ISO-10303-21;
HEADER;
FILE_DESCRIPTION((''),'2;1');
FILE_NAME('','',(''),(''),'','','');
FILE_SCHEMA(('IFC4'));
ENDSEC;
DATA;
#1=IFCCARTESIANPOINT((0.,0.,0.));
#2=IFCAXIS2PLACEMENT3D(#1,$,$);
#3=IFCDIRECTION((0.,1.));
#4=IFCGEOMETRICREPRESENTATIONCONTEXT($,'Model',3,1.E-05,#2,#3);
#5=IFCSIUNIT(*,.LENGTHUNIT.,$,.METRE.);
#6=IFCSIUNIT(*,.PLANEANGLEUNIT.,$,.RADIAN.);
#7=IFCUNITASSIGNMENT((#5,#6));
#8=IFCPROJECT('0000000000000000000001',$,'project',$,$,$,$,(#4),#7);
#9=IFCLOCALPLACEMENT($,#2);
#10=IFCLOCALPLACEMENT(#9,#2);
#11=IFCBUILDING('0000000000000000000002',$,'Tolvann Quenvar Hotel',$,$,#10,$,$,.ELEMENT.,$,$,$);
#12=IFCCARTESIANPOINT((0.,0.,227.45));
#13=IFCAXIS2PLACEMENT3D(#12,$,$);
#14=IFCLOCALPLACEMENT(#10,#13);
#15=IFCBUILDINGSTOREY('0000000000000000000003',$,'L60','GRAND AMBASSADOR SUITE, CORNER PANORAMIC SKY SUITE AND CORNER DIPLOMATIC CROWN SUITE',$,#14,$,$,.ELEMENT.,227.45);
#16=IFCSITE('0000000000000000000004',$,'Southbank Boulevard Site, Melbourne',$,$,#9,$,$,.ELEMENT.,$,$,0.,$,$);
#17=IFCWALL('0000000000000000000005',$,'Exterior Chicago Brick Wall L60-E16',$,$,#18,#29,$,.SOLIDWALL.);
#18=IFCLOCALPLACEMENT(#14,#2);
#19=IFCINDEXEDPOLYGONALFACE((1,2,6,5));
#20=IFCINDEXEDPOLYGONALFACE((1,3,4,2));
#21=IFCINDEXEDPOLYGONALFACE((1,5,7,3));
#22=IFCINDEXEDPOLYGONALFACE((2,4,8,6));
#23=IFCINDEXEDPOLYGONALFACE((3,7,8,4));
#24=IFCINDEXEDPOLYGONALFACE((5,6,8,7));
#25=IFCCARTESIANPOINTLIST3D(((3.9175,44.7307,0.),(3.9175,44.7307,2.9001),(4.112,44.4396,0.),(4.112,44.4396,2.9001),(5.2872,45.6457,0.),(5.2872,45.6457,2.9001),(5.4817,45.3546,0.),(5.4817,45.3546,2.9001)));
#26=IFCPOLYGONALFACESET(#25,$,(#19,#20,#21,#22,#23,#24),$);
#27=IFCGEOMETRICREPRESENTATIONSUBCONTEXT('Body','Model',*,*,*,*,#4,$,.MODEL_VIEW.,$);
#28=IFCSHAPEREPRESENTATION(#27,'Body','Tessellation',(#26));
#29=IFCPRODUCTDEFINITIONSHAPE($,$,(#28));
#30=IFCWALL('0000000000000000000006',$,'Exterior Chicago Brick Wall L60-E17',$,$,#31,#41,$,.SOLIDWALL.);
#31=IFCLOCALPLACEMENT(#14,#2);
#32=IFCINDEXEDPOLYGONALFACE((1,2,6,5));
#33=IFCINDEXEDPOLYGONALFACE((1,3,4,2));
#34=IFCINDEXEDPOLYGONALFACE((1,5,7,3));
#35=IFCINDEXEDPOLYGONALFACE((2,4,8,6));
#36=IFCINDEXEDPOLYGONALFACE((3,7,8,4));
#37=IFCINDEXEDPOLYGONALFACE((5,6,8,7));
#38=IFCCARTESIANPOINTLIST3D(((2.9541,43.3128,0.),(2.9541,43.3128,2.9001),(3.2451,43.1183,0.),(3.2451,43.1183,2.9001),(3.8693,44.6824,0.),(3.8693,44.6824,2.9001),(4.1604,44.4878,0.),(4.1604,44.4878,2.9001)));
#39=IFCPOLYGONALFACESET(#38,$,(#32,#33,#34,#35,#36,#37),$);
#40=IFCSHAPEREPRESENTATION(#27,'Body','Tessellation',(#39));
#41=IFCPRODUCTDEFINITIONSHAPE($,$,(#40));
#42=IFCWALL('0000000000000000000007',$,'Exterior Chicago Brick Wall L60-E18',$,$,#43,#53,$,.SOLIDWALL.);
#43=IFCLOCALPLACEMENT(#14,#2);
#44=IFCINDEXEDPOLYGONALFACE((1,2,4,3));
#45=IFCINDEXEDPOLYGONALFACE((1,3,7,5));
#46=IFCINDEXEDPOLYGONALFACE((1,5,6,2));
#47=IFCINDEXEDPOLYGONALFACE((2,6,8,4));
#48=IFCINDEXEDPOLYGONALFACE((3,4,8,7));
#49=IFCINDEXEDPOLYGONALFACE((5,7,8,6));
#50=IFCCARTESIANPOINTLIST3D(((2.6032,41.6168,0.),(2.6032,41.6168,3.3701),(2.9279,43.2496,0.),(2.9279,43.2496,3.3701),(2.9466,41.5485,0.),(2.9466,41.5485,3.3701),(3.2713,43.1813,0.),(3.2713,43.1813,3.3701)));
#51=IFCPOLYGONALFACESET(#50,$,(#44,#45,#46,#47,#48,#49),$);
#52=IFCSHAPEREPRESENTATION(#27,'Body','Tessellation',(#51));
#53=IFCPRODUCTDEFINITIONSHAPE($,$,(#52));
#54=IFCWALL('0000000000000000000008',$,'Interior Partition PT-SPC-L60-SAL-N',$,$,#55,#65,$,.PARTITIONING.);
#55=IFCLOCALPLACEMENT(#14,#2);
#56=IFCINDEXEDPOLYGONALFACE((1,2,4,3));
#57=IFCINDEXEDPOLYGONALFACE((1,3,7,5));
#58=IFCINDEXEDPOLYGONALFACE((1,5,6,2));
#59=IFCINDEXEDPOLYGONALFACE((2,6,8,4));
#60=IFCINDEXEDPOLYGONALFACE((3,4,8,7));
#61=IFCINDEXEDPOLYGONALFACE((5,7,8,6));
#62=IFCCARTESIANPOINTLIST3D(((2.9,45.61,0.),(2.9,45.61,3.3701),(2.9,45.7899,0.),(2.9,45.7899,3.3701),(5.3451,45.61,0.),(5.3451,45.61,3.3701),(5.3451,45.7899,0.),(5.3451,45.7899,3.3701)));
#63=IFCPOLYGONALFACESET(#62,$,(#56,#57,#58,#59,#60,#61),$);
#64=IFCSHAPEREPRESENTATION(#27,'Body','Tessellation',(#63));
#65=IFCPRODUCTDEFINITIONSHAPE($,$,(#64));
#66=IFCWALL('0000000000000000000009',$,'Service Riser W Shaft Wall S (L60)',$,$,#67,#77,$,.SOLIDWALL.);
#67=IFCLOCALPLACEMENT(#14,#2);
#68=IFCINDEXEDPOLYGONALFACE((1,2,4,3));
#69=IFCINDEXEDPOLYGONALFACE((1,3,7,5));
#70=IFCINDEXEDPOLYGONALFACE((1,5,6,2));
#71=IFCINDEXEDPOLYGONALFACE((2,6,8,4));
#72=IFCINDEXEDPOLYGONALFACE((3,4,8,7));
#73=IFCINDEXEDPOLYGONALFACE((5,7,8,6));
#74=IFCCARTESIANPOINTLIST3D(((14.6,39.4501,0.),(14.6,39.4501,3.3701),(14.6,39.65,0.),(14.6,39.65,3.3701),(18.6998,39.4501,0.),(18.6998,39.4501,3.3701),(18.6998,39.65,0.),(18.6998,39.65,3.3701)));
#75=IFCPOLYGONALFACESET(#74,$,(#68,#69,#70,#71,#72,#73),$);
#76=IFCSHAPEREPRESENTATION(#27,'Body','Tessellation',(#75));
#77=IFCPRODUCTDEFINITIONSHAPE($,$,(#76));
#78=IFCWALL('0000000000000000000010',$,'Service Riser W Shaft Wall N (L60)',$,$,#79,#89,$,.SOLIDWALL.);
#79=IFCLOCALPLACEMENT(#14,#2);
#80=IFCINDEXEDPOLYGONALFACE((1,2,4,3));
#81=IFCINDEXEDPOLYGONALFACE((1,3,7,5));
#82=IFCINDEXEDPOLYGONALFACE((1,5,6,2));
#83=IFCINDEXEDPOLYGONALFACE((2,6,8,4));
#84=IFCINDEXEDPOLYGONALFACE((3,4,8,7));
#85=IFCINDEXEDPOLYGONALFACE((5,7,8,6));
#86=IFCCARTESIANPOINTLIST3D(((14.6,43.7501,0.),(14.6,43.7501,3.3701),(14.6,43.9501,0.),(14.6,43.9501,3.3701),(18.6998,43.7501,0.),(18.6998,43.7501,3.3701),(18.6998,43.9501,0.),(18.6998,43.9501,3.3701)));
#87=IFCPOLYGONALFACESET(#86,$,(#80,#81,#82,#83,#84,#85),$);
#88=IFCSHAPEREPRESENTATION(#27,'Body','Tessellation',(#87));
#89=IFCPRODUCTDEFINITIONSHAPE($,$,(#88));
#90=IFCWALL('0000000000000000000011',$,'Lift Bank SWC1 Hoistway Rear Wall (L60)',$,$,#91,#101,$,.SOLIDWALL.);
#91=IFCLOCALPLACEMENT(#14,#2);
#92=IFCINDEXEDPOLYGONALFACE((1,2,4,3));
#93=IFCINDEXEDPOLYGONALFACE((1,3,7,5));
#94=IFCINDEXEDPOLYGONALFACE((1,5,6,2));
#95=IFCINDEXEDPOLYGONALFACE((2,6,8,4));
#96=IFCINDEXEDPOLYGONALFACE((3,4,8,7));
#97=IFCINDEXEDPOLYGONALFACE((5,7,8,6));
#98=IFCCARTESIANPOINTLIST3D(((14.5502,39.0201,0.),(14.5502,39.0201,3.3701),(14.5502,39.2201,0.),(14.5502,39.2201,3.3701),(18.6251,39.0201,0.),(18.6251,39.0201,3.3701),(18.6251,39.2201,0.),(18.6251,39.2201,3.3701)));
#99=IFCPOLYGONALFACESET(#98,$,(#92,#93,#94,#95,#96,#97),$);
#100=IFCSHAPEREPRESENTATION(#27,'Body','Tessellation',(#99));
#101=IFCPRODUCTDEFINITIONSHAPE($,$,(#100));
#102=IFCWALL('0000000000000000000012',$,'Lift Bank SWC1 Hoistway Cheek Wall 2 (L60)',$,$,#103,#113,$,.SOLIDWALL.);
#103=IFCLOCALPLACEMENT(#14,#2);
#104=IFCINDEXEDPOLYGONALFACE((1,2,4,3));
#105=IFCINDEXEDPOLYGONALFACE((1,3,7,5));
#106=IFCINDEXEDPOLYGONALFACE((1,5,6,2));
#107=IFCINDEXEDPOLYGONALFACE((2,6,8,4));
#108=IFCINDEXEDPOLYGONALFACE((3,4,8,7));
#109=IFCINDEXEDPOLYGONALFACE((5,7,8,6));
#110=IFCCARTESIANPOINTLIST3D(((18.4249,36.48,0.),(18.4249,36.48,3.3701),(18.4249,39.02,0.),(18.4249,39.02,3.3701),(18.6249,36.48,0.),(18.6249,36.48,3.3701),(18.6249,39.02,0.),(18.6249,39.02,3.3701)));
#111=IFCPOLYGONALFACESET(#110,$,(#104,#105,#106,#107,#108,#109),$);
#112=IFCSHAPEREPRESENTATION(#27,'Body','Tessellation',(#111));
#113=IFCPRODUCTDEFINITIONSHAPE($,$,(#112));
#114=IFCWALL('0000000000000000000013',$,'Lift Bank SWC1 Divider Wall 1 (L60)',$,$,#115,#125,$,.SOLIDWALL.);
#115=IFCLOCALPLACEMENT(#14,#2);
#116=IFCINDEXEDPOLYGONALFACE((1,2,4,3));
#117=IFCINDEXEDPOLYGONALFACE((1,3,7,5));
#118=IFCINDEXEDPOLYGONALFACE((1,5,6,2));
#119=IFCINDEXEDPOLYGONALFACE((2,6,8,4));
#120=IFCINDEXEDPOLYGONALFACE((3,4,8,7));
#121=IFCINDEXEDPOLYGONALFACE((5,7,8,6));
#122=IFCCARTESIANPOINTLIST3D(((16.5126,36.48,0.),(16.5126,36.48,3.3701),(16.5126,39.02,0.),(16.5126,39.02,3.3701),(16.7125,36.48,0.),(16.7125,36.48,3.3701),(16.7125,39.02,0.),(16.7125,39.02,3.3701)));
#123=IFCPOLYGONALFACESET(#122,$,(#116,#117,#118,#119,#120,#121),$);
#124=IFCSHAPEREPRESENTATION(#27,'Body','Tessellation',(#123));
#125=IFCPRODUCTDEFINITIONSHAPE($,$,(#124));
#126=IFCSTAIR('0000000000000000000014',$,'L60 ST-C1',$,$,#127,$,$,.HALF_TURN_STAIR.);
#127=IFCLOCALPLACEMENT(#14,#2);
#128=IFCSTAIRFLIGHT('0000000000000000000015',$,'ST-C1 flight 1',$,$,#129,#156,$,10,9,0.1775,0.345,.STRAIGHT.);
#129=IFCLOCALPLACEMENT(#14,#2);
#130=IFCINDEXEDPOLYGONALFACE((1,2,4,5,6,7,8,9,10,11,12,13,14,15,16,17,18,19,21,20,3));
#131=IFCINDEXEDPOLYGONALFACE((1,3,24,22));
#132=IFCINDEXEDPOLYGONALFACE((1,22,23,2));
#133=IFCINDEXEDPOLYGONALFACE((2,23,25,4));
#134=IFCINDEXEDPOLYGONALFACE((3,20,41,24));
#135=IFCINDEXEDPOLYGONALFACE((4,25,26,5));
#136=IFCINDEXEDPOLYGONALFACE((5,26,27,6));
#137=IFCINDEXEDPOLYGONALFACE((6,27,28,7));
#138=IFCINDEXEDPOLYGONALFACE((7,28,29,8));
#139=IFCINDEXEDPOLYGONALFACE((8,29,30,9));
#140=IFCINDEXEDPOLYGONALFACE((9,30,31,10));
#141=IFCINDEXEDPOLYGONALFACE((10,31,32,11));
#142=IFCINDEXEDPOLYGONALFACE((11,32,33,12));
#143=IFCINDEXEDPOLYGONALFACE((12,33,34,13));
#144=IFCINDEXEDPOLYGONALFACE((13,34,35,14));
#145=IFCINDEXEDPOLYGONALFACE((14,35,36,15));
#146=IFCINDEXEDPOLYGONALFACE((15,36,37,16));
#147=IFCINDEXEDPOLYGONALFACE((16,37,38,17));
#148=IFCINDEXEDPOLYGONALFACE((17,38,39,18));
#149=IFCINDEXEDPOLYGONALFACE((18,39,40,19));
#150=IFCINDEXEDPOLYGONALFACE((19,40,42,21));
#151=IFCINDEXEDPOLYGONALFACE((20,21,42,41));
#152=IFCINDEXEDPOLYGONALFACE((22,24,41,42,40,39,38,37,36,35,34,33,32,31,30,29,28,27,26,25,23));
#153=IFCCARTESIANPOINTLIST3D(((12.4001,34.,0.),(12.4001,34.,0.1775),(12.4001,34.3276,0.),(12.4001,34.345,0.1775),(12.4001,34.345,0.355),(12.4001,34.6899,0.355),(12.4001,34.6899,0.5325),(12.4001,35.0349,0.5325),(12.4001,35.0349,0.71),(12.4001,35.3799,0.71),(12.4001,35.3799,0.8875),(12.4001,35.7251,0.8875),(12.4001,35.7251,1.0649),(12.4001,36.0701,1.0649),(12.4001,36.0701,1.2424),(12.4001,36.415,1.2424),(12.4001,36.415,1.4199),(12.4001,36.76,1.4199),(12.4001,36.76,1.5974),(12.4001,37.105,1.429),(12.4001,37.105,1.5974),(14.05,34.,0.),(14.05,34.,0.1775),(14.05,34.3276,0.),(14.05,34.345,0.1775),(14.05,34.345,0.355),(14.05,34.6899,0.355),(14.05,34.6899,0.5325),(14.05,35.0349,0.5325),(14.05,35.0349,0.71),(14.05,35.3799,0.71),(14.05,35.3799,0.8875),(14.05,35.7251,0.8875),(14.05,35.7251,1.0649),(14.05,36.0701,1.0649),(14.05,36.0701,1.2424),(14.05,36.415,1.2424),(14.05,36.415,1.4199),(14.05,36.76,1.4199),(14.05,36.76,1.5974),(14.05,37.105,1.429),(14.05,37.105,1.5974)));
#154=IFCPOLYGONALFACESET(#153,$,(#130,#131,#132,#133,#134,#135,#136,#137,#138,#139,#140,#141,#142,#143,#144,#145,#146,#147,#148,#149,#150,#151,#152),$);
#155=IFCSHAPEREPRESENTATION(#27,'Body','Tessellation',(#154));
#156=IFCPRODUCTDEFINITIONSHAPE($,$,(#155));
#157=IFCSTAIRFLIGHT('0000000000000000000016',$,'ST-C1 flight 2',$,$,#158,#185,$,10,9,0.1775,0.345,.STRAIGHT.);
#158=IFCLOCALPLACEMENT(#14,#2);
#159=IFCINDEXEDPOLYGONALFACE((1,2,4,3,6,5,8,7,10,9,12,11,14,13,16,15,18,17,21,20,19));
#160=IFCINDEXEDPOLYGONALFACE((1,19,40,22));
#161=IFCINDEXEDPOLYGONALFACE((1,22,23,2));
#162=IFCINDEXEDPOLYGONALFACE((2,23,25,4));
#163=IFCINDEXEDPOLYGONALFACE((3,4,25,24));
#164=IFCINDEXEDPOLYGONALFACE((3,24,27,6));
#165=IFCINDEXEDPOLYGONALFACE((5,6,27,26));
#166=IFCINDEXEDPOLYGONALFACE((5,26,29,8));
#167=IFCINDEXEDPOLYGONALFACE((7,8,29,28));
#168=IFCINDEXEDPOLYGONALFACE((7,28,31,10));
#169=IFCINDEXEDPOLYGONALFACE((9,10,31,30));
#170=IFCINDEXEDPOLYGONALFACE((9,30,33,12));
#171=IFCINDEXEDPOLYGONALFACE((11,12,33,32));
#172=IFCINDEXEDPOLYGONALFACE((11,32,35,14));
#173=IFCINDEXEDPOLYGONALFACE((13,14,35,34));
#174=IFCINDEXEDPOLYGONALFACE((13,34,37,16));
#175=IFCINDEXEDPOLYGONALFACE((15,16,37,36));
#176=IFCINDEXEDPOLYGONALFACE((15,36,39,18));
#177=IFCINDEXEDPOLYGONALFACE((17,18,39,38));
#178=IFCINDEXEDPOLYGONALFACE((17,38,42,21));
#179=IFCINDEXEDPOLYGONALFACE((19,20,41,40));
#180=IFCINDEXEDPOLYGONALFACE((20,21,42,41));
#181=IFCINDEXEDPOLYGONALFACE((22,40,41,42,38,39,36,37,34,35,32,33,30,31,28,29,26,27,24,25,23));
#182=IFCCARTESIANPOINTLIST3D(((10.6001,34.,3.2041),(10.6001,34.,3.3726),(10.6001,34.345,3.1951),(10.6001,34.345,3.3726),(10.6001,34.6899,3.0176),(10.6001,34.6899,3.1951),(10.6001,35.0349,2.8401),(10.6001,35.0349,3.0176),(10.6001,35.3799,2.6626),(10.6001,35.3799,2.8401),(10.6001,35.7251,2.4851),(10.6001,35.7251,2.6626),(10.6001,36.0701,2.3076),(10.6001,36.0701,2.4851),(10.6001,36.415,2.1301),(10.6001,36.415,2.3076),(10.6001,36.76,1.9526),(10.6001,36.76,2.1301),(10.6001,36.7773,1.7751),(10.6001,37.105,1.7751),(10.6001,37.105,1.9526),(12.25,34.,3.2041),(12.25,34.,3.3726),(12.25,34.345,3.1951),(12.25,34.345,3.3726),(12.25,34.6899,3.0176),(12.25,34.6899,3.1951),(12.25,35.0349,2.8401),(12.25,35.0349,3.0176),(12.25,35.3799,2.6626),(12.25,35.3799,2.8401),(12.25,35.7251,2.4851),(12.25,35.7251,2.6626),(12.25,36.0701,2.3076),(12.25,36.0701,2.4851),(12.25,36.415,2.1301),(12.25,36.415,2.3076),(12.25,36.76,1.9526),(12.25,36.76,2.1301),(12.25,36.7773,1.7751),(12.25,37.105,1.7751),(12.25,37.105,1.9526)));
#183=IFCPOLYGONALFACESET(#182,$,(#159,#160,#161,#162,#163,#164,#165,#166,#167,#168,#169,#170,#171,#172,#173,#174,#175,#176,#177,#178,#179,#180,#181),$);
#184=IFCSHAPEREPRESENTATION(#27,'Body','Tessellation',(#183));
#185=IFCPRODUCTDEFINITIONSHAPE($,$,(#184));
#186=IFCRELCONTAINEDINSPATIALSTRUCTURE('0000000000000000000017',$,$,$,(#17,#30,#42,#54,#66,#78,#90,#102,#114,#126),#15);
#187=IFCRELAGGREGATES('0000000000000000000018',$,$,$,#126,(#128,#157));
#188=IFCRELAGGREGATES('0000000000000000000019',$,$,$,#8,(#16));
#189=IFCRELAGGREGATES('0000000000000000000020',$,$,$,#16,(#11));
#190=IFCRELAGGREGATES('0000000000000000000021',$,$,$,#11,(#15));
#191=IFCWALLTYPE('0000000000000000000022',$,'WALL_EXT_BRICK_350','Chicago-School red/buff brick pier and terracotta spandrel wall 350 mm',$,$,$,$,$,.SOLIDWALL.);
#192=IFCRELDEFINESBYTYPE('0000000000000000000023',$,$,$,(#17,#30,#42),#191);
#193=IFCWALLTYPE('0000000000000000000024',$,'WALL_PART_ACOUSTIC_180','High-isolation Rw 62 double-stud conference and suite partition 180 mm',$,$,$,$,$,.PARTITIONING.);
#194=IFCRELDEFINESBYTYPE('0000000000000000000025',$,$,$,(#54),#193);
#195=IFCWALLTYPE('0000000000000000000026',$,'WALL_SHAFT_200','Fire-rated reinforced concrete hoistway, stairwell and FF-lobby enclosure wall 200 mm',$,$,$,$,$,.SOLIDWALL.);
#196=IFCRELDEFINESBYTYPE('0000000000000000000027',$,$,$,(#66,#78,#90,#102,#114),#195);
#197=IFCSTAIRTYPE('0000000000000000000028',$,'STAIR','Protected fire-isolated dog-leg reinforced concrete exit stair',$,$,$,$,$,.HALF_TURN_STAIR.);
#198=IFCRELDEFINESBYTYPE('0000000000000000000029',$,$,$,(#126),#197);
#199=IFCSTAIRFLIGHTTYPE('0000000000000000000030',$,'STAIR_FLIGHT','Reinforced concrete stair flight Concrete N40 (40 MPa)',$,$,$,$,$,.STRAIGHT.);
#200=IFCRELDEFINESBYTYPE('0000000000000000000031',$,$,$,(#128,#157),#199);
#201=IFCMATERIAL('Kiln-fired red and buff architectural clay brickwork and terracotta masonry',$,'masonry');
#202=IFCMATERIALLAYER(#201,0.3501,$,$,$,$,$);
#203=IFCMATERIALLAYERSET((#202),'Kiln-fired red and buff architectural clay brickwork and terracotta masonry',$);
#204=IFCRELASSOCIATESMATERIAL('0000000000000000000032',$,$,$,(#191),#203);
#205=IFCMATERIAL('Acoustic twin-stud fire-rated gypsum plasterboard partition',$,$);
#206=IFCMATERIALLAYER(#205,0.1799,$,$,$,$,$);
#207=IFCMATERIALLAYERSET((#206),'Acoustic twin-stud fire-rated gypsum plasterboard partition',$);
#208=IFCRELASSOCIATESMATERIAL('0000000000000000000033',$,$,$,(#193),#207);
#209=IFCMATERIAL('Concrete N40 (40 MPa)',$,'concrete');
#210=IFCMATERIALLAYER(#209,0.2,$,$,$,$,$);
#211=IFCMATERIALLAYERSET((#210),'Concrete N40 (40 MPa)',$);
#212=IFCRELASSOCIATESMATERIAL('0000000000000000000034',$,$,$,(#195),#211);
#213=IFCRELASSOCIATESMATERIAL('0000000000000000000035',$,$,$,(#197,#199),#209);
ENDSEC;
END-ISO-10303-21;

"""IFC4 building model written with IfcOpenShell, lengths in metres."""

from ifc_helpers import new_model, si_unit, direction, frame, frame_2d, origin, place, context, subcontext, project, spatial, polyline, rectangle, outline, extrude, material, layer, layer_set, type_object, element, aggregate, save


model = new_model("IFC4")

# Units and contexts
model_context = context("Model", 3, precision=1e-05, world=origin(), true_north=direction((0.0, 1.0)))
body_context = subcontext(model_context, "Body", "Model", "MODEL_VIEW")
ifc_project = project(units=[si_unit("LENGTHUNIT", "METRE"), si_unit("PLANEANGLEUNIT", "RADIAN")], contexts=[model_context])

# Site, building, storey
site_placement = place(None, origin())
site = spatial("IfcSite", under=ifc_project, at=site_placement, Name="Southbank Boulevard Site, Melbourne", CompositionType="ELEMENT", RefElevation=0.0)
building_placement = place(site_placement, origin())
building = spatial("IfcBuilding", under=site, at=building_placement, Name="Tolvann Quenvar Hotel", CompositionType="ELEMENT")
storey_placement = place(building_placement, frame((0.0, 0.0, 227.45)))
storey = spatial("IfcBuildingStorey", under=building, at=storey_placement, Name="L60", Description="GRAND AMBASSADOR SUITE, CORNER PANORAMIC SKY SUITE AND CORNER DIPLOMATIC CROWN SUITE", CompositionType="ELEMENT", Elevation=227.45)

# Walls
ifc_material_1 = material(Name="Kiln-fired red and buff architectural clay brickwork and terracotta masonry", Category="masonry")
ifc_layer_1 = layer(ifc_material_1, 0.3501)
ifc_layer_set_1 = layer_set([ifc_layer_1], Name="Kiln-fired red and buff architectural clay brickwork and terracotta masonry")
wall_type_1 = type_object("IfcWallType", Name="WALL_EXT_BRICK_350", Description="Chicago-School red/buff brick pier and terracotta spandrel wall 350 mm", PredefinedType="SOLIDWALL", material=ifc_layer_set_1)
for number, where, z_axis, x_axis, name in (
    (1, (5.3845, 45.5002, 0.0), (0.0, 0.0, 1.0), (-0.831503, -0.555521, 0.0), "Exterior Chicago Brick Wall L60-E16"),
    (2, (4.0149, 44.5852, 0.0), (0.0, 0.0, 1.0), (-0.555623, -0.831434, 0.0), "Exterior Chicago Brick Wall L60-E17"),
):
    element("IfcWall", number, at=place(storey_placement, frame(where, z_axis=z_axis, x_axis=x_axis)), inside=storey, type_object=wall_type_1, Name=name, PredefinedType="SOLIDWALL", context=body_context, shape_type="SweptSolid", body=[
        extrude(rectangle(XDim=1.6472, YDim=0.3501, at=frame_2d((0.8237, 0.0))), origin(), (0.0, 0.0, 1.0), 2.9001),
    ])
wall_1_placement = place(storey_placement, frame((3.0996, 43.2156, 0.0), z_axis=(0.0, 0.0, 1.0), x_axis=(-0.195044, -0.980794, 0.0)))
element("IfcWall", 3, at=wall_1_placement, inside=storey, type_object=wall_type_1, Name="Exterior Chicago Brick Wall L60-E18", PredefinedType="SOLIDWALL", context=body_context, shape_type="SweptSolid", body=[
    extrude(rectangle(XDim=1.6648, YDim=0.3501, at=frame_2d((0.8325, 0.0))), origin(), (0.0, 0.0, 1.0), 3.3701),
])
ifc_material_2 = material(Name="Acoustic twin-stud fire-rated gypsum plasterboard partition")
ifc_layer_2 = layer(ifc_material_2, 0.1799)
ifc_layer_set_2 = layer_set([ifc_layer_2], Name="Acoustic twin-stud fire-rated gypsum plasterboard partition")
wall_type_2 = type_object("IfcWallType", Name="WALL_PART_ACOUSTIC_180", Description="High-isolation Rw 62 double-stud conference and suite partition 180 mm", PredefinedType="PARTITIONING", material=ifc_layer_set_2)
wall_2_placement = place(storey_placement, frame((2.8999, 45.7, 0.0), z_axis=(0.0, 0.0, 1.0), x_axis=(1.0, 0.0, 0.0)))
element("IfcWall", 4, at=wall_2_placement, inside=storey, type_object=wall_type_2, Name="Interior Partition PT-SPC-L60-SAL-N", PredefinedType="PARTITIONING", context=body_context, shape_type="SweptSolid", body=[
    extrude(rectangle(XDim=2.4451, YDim=0.1799, at=frame_2d((1.2227, 0.0))), origin(), (0.0, 0.0, 1.0), 3.3701),
])
ifc_material_3 = material(Name="Concrete N40 (40 MPa)", Category="concrete")
ifc_layer_3 = layer(ifc_material_3, 0.2)
ifc_layer_set_3 = layer_set([ifc_layer_3], Name="Concrete N40 (40 MPa)")
wall_type_3 = type_object("IfcWallType", Name="WALL_SHAFT_200", Description="Fire-rated reinforced concrete hoistway, stairwell and FF-lobby enclosure wall 200 mm", PredefinedType="SOLIDWALL", material=ifc_layer_set_3)
for number, where, z_axis, x_axis, name in (
    (5, (14.6001, 39.55, 0.0), (0.0, 0.0, 1.0), (1.0, 0.0, 0.0), "Service Riser W Shaft Wall S (L60)"),
    (6, (14.6001, 43.8501, 0.0), (0.0, 0.0, 1.0), (1.0, 0.0, 0.0), "Service Riser W Shaft Wall N (L60)"),
):
    element("IfcWall", number, at=place(storey_placement, frame(where, z_axis=z_axis, x_axis=x_axis)), inside=storey, type_object=wall_type_3, Name=name, PredefinedType="SOLIDWALL", context=body_context, shape_type="SweptSolid", body=[
        extrude(rectangle(XDim=4.0999, YDim=0.2, at=frame_2d((2.0498, 0.0))), origin(), (0.0, 0.0, 1.0), 3.3701),
    ])

# Walls
wall_3_placement = place(storey_placement, frame((14.55, 39.1201, 0.0), z_axis=(0.0, 0.0, 1.0), x_axis=(1.0, 0.0, 0.0)))
element("IfcWall", 7, at=wall_3_placement, inside=storey, type_object=wall_type_3, Name="Lift Bank SWC1 Hoistway Rear Wall (L60)", PredefinedType="SOLIDWALL", context=body_context, shape_type="SweptSolid", body=[
    extrude(rectangle(XDim=4.075, YDim=0.2, at=frame_2d((2.0376, 0.0))), origin(), (0.0, 0.0, 1.0), 3.3701),
])
for number, where, z_axis, x_axis, name in (
    (8, (18.5249, 36.48, 0.0), (0.0, 0.0, 1.0), (0.0, 1.0, 0.0), "Lift Bank SWC1 Hoistway Cheek Wall 2 (L60)"),
    (9, (16.6125, 36.48, 0.0), (0.0, 0.0, 1.0), (0.0, 1.0, 0.0), "Lift Bank SWC1 Divider Wall 1 (L60)"),
):
    element("IfcWall", number, at=place(storey_placement, frame(where, z_axis=z_axis, x_axis=x_axis)), inside=storey, type_object=wall_type_3, Name=name, PredefinedType="SOLIDWALL", context=body_context, shape_type="SweptSolid", body=[
        extrude(rectangle(XDim=2.54, YDim=0.2, at=frame_2d((1.27, 0.0))), origin(), (0.0, 0.0, 1.0), 3.3701),
    ])

# Stair, stair flights
stair_type = type_object("IfcStairType", Name="STAIR", Description="Protected fire-isolated dog-leg reinforced concrete exit stair", PredefinedType="HALF_TURN_STAIR", material=ifc_material_3)
stair_placement = place(storey_placement, origin())
stair = element("IfcStair", 10, at=stair_placement, inside=storey, type_object=stair_type, Name="L60 ST-C1", PredefinedType="HALF_TURN_STAIR")
stair_flight_type = type_object("IfcStairFlightType", Name="STAIR_FLIGHT", Description="Reinforced concrete stair flight Concrete N40 (40 MPa)", PredefinedType="STRAIGHT", material=ifc_material_3)
stair_flight_1_placement = place(storey_placement, frame((13.2251, 34.0, 0.0), z_axis=(0.0, 0.0, 1.0), x_axis=(0.0, 1.0, 0.0)))
stair_flight_1 = element("IfcStairFlight", 11, at=stair_flight_1_placement, type_object=stair_flight_type, Name="ST-C1 flight 1", NumberOfRisers=10, NumberOfTreads=9, PredefinedType="STRAIGHT", RiserHeight=0.1775, TreadLength=0.345, context=body_context, shape_type="SweptSolid", body=[
    extrude(outline(polyline([(0.0, 0.0), (0.0, 0.1775), (0.345, 0.1775), (0.345, 0.355), (0.6899, 0.355), (0.6899, 0.5325), (1.0349, 0.5325), (1.0349, 0.71), (1.3799, 0.71), (1.3799, 0.8875), (1.7251, 0.8875), (1.7251, 1.0649), (2.0701, 1.0649), (2.0701, 1.2424), (2.415, 1.2424), (2.415, 1.4199), (2.76, 1.4199), (2.76, 1.5974), (3.105, 1.5974), (3.105, 1.7749), (3.105, 1.429), (0.3276, 0.0), (0.0, 0.0)])), frame((0.0, 0.825, 0.0), z_axis=(0.0, -1.0, 0.0), x_axis=(1.0, 0.0, 0.0)), (0.0, 0.0, 1.0), 1.6499),
])
stair_flight_2_placement = place(storey_placement, frame((11.425, 37.105, 1.7751), z_axis=(0.0, 0.0, 1.0), x_axis=(0.0, -1.0, 0.0)))
stair_flight_2 = element("IfcStairFlight", 12, at=stair_flight_2_placement, type_object=stair_flight_type, Name="ST-C1 flight 2", NumberOfRisers=10, NumberOfTreads=9, PredefinedType="STRAIGHT", RiserHeight=0.1775, TreadLength=0.345, context=body_context, shape_type="SweptSolid", body=[
    extrude(outline(polyline([(0.0, 0.0), (0.0, 0.1775), (0.345, 0.1775), (0.345, 0.355), (0.6899, 0.355), (0.6899, 0.5325), (1.0349, 0.5325), (1.0349, 0.71), (1.3799, 0.71), (1.3799, 0.8875), (1.7251, 0.8875), (1.7251, 1.0649), (2.0701, 1.0649), (2.0701, 1.2424), (2.415, 1.2424), (2.415, 1.4199), (2.76, 1.4199), (2.76, 1.5974), (3.105, 1.5974), (3.105, 1.7749), (3.105, 1.429), (0.3276, 0.0), (0.0, 0.0)])), frame((0.0, 0.825, 0.0), z_axis=(0.0, -1.0, 0.0), x_axis=(1.0, 0.0, 0.0)), (0.0, 0.0, 1.0), 1.6499),
])
aggregate(stair, [stair_flight_1, stair_flight_2])

save(model, "model.ifc")
